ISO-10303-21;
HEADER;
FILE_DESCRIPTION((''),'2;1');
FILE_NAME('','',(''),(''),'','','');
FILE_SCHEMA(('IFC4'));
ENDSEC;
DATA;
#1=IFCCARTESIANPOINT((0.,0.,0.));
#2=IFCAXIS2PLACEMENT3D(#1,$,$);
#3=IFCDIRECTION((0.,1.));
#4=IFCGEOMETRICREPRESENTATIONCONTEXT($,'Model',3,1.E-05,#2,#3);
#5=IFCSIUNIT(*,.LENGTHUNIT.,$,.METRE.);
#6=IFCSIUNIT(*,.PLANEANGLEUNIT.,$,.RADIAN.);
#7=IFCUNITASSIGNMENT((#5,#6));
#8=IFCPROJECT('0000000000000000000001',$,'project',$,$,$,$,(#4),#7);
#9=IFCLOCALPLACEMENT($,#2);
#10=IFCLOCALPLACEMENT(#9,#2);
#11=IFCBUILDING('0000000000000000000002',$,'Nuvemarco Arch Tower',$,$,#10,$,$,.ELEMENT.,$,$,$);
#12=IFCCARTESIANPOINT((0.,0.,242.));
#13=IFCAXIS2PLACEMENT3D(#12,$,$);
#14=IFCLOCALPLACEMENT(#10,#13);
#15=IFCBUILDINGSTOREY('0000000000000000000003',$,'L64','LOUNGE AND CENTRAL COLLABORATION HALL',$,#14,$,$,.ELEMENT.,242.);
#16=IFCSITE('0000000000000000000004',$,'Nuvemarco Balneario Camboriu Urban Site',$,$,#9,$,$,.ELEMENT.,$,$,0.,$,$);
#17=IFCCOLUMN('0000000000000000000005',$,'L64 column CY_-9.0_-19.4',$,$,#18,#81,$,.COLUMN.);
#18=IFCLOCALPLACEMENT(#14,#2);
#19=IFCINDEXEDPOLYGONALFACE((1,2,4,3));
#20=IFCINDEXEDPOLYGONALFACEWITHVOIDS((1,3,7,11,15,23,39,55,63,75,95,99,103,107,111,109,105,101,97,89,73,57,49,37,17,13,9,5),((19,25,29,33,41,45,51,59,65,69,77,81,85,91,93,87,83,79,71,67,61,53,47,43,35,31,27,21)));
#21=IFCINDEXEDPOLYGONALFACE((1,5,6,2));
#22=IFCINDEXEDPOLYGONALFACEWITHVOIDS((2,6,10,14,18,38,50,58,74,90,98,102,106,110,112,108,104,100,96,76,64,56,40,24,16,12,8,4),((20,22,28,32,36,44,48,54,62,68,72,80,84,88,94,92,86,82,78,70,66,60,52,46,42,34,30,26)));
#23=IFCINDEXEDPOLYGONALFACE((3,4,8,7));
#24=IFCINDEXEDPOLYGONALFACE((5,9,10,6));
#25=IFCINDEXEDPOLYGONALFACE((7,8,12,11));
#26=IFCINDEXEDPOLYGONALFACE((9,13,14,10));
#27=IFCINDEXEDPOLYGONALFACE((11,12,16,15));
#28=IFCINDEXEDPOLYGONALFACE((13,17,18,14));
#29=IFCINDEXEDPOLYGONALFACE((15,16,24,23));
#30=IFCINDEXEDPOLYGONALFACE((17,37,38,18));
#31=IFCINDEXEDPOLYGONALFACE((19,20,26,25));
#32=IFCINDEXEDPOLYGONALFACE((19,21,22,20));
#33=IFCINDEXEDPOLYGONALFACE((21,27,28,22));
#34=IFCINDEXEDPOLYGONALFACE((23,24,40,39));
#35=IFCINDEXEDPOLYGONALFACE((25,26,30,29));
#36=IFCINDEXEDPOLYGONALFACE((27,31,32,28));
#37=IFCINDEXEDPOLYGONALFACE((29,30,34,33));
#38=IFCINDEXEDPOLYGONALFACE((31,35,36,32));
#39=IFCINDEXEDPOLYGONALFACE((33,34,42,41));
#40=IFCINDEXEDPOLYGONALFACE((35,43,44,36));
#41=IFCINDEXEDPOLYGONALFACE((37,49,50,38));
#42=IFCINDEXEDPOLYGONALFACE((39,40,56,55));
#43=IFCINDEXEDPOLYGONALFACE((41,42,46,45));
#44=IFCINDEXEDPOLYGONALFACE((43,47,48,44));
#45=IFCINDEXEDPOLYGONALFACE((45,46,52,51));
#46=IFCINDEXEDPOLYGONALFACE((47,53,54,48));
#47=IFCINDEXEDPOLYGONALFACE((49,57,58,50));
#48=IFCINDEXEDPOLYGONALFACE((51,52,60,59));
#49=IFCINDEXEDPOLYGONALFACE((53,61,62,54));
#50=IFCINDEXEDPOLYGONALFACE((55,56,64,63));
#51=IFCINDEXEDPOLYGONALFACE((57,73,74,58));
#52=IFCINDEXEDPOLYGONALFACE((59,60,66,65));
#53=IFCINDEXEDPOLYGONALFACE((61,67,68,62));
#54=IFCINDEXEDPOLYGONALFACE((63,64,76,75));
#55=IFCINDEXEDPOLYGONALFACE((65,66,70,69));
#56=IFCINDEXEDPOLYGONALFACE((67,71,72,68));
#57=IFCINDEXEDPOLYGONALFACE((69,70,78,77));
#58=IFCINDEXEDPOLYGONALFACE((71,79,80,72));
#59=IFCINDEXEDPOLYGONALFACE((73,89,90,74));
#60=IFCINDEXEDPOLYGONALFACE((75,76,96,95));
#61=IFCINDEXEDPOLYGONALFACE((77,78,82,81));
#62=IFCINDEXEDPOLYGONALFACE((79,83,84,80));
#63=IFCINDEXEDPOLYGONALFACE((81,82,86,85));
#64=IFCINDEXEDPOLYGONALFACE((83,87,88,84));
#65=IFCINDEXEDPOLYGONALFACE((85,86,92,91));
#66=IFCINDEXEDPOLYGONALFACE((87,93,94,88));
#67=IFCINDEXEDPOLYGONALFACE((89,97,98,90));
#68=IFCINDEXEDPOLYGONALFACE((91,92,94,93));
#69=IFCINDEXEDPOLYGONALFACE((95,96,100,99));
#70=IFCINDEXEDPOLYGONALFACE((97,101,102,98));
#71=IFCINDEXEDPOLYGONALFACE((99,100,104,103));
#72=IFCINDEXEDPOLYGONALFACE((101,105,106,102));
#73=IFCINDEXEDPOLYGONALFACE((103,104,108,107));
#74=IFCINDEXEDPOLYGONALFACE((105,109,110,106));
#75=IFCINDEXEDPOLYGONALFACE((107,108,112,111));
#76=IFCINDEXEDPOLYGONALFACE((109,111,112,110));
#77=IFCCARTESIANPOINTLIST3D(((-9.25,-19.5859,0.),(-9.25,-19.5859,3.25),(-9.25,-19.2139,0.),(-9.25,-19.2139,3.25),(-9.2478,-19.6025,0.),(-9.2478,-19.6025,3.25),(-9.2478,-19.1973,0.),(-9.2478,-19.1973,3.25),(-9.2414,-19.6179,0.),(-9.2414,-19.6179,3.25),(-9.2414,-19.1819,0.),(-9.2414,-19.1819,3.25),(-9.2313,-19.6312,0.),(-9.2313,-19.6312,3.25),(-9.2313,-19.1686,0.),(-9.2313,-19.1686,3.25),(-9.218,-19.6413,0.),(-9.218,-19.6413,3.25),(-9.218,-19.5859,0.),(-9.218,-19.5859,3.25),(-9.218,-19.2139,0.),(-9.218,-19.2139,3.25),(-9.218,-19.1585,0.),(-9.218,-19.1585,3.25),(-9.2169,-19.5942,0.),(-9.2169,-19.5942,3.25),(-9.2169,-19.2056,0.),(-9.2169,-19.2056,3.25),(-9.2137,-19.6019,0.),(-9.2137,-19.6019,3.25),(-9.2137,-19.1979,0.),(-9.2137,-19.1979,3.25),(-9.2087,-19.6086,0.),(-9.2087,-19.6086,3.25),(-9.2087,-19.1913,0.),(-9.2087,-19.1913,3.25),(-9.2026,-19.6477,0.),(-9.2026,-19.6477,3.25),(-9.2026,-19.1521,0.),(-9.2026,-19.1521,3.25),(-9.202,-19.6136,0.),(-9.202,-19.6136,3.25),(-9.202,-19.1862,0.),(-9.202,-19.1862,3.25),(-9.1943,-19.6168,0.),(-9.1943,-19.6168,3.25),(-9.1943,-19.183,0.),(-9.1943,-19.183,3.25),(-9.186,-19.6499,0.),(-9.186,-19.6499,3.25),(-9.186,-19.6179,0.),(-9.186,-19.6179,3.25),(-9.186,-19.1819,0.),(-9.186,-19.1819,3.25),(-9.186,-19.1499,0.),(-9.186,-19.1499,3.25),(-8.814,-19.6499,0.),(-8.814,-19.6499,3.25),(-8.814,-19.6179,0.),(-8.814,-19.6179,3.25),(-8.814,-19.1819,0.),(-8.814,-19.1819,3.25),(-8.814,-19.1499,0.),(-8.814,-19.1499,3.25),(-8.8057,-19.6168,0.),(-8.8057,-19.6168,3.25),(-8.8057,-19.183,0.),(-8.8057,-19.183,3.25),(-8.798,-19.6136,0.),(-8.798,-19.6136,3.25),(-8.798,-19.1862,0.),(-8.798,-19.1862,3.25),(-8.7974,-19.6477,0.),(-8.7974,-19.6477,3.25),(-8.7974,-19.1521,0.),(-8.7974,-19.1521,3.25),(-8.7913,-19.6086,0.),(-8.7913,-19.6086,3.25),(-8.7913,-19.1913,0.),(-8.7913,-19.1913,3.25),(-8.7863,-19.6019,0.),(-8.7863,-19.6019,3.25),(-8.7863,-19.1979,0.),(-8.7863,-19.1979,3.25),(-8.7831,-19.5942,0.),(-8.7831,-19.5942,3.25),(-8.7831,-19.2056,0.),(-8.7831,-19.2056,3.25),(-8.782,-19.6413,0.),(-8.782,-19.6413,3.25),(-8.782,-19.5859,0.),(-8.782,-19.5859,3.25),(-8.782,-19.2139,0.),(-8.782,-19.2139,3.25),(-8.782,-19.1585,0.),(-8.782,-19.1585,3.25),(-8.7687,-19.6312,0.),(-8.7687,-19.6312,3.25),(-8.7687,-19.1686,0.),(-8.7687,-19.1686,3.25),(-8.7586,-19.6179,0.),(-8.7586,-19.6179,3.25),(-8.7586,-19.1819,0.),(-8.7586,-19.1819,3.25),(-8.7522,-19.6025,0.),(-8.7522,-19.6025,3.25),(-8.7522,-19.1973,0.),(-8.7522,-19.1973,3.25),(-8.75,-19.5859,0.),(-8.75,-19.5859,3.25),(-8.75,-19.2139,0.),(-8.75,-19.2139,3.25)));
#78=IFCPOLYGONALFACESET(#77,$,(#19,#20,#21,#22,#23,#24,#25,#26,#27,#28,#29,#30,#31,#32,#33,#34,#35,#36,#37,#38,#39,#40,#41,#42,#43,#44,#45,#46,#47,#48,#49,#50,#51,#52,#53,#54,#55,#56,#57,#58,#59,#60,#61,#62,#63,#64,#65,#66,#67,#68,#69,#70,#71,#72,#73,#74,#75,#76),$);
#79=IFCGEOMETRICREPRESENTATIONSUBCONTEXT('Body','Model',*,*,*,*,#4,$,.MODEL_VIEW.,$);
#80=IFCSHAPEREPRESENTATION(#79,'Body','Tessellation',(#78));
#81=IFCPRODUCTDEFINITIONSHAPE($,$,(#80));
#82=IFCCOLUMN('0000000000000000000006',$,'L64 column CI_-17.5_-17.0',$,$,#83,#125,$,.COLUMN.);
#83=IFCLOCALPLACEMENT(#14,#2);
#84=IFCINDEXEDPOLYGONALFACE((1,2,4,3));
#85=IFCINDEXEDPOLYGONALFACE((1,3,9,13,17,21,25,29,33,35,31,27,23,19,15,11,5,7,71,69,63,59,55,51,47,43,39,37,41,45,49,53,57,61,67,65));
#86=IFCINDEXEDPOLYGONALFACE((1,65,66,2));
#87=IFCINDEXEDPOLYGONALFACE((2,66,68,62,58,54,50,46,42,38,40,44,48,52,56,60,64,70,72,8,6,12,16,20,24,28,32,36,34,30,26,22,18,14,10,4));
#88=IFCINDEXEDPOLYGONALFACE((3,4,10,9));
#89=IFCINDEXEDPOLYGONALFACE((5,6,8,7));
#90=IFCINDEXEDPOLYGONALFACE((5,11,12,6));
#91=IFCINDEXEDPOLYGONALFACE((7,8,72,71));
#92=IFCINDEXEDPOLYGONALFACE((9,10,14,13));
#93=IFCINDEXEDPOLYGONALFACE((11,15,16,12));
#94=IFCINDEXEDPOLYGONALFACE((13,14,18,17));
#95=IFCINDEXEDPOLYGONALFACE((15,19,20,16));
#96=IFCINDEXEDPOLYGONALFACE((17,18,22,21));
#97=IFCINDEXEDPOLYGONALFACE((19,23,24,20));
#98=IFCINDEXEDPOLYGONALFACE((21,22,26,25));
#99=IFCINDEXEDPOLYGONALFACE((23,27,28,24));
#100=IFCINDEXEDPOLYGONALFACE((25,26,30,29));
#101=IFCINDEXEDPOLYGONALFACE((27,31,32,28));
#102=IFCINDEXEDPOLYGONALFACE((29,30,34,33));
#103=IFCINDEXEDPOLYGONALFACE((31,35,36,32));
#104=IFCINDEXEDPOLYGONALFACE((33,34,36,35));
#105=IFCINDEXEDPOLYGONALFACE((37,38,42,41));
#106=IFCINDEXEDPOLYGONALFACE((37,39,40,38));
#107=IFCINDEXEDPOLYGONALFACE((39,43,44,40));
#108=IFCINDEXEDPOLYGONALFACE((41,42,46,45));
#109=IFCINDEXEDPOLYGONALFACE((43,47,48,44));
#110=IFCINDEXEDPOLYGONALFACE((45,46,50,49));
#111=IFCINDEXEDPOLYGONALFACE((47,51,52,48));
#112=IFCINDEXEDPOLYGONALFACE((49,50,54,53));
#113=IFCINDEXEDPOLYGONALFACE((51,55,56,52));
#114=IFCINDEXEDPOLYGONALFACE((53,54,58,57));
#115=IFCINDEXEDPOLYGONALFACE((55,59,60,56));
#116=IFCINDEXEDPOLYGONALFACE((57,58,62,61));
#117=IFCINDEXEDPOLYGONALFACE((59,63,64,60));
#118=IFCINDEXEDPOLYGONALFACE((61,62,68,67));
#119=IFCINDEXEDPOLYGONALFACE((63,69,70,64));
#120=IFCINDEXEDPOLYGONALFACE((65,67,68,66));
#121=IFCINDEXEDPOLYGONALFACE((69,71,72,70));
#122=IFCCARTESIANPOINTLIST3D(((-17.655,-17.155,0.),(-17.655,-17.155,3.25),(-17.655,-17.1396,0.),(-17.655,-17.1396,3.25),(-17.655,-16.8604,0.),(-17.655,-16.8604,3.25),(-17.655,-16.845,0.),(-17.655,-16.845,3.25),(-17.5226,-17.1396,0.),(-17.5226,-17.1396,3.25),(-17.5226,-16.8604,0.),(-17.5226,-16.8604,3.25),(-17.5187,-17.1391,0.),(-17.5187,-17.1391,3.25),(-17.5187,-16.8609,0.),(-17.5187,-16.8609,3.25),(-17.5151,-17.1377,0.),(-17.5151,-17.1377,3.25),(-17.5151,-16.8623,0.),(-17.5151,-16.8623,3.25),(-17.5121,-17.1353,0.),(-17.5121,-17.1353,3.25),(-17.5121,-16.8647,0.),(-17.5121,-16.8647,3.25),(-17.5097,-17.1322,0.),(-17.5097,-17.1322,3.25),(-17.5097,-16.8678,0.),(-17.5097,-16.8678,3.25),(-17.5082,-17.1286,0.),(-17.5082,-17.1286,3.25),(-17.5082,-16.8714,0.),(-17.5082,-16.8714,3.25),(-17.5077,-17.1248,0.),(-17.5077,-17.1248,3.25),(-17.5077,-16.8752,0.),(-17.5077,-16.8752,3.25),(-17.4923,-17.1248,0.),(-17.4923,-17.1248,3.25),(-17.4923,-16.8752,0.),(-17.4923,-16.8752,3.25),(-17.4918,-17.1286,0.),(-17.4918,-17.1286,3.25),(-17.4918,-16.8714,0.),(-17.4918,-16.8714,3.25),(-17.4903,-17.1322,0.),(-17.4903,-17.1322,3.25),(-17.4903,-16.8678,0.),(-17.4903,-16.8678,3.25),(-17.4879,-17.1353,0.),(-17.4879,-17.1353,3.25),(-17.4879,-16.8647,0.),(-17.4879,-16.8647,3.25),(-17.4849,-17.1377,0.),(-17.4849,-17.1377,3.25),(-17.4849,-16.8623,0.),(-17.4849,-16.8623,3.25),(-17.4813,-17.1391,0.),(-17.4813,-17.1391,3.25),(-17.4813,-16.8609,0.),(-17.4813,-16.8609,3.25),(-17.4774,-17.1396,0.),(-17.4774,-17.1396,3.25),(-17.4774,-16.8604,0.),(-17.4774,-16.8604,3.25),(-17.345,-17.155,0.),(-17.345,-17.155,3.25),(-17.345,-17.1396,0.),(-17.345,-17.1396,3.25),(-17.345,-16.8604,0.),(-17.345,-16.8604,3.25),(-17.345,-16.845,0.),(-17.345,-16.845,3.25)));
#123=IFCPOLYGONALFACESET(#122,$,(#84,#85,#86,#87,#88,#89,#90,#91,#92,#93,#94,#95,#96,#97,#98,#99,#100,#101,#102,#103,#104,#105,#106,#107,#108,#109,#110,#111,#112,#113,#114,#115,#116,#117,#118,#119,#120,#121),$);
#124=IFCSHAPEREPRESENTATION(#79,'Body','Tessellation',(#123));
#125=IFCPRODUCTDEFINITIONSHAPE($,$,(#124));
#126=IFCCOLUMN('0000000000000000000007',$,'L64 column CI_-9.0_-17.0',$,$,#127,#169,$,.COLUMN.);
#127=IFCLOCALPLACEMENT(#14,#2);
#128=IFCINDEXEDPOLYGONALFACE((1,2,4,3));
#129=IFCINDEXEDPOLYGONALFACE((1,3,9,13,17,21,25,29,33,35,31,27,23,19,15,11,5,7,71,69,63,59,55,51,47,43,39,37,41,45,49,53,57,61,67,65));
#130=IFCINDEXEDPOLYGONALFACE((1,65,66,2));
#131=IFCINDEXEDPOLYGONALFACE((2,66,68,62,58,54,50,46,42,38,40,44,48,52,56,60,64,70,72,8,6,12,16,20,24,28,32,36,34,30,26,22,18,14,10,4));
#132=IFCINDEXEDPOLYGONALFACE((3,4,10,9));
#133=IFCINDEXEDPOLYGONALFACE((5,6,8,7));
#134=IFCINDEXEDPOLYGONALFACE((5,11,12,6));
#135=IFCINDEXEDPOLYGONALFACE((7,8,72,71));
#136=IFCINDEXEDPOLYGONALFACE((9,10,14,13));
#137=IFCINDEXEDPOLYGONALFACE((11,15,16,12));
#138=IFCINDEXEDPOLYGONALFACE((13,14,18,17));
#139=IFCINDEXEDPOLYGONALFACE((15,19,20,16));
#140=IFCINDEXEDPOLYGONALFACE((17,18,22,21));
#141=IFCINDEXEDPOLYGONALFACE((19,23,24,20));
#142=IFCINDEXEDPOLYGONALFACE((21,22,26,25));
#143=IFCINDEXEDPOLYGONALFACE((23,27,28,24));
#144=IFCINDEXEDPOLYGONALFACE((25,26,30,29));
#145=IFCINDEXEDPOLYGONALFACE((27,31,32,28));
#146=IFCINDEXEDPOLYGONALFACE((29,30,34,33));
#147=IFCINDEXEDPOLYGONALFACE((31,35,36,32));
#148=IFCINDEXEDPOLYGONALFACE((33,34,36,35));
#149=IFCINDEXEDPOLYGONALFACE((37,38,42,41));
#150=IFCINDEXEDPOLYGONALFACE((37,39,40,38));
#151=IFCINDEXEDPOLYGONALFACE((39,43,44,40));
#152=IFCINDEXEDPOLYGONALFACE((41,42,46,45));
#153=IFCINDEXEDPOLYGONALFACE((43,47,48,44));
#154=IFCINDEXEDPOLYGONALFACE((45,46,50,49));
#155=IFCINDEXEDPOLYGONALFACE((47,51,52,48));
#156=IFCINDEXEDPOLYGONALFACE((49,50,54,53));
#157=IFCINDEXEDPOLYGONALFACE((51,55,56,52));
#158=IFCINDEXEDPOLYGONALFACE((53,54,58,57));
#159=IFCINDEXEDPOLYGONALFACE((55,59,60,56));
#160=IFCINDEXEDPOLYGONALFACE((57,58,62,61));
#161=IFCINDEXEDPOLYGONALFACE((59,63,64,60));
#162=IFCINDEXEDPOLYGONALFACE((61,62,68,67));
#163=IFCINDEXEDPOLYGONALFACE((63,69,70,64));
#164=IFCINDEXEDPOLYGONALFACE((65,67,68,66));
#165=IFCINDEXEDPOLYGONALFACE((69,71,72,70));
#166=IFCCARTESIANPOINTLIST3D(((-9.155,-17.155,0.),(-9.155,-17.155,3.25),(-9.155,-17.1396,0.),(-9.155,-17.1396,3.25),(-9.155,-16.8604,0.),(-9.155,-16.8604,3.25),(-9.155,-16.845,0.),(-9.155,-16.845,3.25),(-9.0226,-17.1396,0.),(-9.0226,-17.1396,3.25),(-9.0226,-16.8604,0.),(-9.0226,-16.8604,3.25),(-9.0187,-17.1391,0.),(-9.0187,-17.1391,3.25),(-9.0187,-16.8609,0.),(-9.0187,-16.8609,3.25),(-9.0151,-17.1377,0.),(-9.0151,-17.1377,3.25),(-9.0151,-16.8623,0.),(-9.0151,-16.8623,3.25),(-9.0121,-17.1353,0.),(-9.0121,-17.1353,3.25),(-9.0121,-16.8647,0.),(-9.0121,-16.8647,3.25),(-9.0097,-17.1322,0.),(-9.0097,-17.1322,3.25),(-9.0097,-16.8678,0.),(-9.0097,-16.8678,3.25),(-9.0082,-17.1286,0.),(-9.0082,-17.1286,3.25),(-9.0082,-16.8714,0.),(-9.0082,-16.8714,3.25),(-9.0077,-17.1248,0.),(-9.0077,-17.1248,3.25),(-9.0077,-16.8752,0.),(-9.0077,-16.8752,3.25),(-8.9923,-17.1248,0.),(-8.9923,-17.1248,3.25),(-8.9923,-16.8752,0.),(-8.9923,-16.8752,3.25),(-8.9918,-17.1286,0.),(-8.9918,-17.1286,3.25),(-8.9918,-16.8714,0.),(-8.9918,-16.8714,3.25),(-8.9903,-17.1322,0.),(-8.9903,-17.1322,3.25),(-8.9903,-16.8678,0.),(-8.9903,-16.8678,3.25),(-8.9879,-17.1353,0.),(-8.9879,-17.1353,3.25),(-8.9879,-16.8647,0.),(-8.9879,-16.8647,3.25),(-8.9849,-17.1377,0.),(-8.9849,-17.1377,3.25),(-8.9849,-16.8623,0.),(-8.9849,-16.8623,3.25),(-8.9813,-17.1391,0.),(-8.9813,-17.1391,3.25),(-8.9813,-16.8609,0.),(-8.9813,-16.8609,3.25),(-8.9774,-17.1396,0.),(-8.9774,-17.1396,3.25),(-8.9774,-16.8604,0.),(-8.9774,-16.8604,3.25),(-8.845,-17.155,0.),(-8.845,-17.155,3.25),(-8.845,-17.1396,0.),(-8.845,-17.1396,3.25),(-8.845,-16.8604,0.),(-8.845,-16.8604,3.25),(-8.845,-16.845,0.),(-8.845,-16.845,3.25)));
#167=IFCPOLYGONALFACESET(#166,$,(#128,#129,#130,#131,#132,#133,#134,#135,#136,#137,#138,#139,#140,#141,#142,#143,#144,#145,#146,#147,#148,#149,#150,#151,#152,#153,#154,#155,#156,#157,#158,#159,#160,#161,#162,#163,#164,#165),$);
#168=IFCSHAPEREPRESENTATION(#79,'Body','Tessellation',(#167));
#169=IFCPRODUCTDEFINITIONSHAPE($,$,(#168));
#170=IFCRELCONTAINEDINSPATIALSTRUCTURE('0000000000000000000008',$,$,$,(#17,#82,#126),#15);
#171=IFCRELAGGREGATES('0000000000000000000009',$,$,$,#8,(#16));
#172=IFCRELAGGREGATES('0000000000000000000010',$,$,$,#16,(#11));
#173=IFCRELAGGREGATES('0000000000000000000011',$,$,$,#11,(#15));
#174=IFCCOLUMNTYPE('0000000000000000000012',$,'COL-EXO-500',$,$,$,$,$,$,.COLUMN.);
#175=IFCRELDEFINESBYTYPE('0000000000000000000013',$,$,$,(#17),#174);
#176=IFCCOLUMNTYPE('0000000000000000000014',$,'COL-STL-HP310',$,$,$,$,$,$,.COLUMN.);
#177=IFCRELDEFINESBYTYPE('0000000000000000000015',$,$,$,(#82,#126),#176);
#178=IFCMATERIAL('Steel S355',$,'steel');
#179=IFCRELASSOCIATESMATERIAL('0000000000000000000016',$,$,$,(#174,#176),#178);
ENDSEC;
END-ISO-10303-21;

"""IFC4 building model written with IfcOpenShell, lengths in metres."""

from ifc_helpers import new_model, si_unit, direction, frame, origin, origin_2d, place, context, subcontext, project, spatial, hollow_rectangle, i_section, extrude, material, material_profile, profile_set, type_object, element, save


model = new_model("IFC4")

# Units and contexts
model_context = context("Model", 3, precision=1e-05, world=origin(), true_north=direction((0.0, 1.0)))
body_context = subcontext(model_context, "Body", "Model", "MODEL_VIEW")
ifc_project = project(units=[si_unit("LENGTHUNIT", "METRE"), si_unit("PLANEANGLEUNIT", "RADIAN")], contexts=[model_context])

# Site, building, storey
site_placement = place(None, origin())
site = spatial("IfcSite", under=ifc_project, at=site_placement, Name="Nuvemarco Balneario Camboriu Urban Site", CompositionType="ELEMENT", RefElevation=0.0)
building_placement = place(site_placement, origin())
building = spatial("IfcBuilding", under=site, at=building_placement, Name="Nuvemarco Arch Tower", CompositionType="ELEMENT")
storey_placement = place(building_placement, frame((0.0, 0.0, 242.0)))
storey = spatial("IfcBuildingStorey", under=building, at=storey_placement, Name="L64", Description="LOUNGE AND CENTRAL COLLABORATION HALL", CompositionType="ELEMENT", Elevation=242.0)

# Columns
ifc_material_1 = material(Name="Steel S355", Category="steel")
ifc_material_profile_1 = material_profile(ifc_material_1, hollow_rectangle(XDim=0.5, YDim=0.5, WallThickness=0.032, InnerFilletRadius=0.032, OuterFilletRadius=0.064, at=origin_2d()), Name="SHS500x500x32")
ifc_profile_set_1 = profile_set([ifc_material_profile_1], Name="Steel S355")
column_type_1 = type_object("IfcColumnType", Name="COL-EXO-500", PredefinedType="COLUMN", material=ifc_profile_set_1)
column_placement = place(storey_placement, frame((-9.0, -19.3999, 0.0), z_axis=(0.0, 0.0, 1.0), x_axis=(1.0, 0.0, 0.0)))
element("IfcColumn", 1, at=column_placement, inside=storey, type_object=column_type_1, Name="L64 column CY_-9.0_-19.4", PredefinedType="COLUMN", context=body_context, shape_type="SweptSolid", body=[
    extrude(hollow_rectangle(XDim=0.5, YDim=0.5, WallThickness=0.032, InnerFilletRadius=0.032, OuterFilletRadius=0.064, at=origin_2d()), origin(), (0.0, 0.0, 1.0), 3.25),
])
ifc_material_profile_2 = material_profile(ifc_material_1, i_section(OverallWidth=0.3101, OverallDepth=0.3101, WebThickness=0.0154, FlangeThickness=0.0154, FilletRadius=0.0149, at=origin_2d()), Name="HP310x110")
ifc_profile_set_2 = profile_set([ifc_material_profile_2], Name="Steel S355")
column_type_2 = type_object("IfcColumnType", Name="COL-STL-HP310", PredefinedType="COLUMN", material=ifc_profile_set_2)
for number, where, z_axis, x_axis, name in (
    (2, (-17.5, -17.0, 0.0), (0.0, 0.0, 1.0), (1.0, 0.0, 0.0), "L64 column CI_-17.5_-17.0"),
    (3, (-9.0, -17.0, 0.0), (0.0, 0.0, 1.0), (1.0, 0.0, 0.0), "L64 column CI_-9.0_-17.0"),
):
    element("IfcColumn", number, at=place(storey_placement, frame(where, z_axis=z_axis, x_axis=x_axis)), inside=storey, type_object=column_type_2, Name=name, PredefinedType="COLUMN", context=body_context, shape_type="SweptSolid", body=[
        extrude(i_section(OverallWidth=0.3101, OverallDepth=0.3101, WebThickness=0.0154, FlangeThickness=0.0154, FilletRadius=0.0149, at=origin_2d()), origin(), (0.0, 0.0, 1.0), 3.25),
    ])

save(model, "model.ifc")
